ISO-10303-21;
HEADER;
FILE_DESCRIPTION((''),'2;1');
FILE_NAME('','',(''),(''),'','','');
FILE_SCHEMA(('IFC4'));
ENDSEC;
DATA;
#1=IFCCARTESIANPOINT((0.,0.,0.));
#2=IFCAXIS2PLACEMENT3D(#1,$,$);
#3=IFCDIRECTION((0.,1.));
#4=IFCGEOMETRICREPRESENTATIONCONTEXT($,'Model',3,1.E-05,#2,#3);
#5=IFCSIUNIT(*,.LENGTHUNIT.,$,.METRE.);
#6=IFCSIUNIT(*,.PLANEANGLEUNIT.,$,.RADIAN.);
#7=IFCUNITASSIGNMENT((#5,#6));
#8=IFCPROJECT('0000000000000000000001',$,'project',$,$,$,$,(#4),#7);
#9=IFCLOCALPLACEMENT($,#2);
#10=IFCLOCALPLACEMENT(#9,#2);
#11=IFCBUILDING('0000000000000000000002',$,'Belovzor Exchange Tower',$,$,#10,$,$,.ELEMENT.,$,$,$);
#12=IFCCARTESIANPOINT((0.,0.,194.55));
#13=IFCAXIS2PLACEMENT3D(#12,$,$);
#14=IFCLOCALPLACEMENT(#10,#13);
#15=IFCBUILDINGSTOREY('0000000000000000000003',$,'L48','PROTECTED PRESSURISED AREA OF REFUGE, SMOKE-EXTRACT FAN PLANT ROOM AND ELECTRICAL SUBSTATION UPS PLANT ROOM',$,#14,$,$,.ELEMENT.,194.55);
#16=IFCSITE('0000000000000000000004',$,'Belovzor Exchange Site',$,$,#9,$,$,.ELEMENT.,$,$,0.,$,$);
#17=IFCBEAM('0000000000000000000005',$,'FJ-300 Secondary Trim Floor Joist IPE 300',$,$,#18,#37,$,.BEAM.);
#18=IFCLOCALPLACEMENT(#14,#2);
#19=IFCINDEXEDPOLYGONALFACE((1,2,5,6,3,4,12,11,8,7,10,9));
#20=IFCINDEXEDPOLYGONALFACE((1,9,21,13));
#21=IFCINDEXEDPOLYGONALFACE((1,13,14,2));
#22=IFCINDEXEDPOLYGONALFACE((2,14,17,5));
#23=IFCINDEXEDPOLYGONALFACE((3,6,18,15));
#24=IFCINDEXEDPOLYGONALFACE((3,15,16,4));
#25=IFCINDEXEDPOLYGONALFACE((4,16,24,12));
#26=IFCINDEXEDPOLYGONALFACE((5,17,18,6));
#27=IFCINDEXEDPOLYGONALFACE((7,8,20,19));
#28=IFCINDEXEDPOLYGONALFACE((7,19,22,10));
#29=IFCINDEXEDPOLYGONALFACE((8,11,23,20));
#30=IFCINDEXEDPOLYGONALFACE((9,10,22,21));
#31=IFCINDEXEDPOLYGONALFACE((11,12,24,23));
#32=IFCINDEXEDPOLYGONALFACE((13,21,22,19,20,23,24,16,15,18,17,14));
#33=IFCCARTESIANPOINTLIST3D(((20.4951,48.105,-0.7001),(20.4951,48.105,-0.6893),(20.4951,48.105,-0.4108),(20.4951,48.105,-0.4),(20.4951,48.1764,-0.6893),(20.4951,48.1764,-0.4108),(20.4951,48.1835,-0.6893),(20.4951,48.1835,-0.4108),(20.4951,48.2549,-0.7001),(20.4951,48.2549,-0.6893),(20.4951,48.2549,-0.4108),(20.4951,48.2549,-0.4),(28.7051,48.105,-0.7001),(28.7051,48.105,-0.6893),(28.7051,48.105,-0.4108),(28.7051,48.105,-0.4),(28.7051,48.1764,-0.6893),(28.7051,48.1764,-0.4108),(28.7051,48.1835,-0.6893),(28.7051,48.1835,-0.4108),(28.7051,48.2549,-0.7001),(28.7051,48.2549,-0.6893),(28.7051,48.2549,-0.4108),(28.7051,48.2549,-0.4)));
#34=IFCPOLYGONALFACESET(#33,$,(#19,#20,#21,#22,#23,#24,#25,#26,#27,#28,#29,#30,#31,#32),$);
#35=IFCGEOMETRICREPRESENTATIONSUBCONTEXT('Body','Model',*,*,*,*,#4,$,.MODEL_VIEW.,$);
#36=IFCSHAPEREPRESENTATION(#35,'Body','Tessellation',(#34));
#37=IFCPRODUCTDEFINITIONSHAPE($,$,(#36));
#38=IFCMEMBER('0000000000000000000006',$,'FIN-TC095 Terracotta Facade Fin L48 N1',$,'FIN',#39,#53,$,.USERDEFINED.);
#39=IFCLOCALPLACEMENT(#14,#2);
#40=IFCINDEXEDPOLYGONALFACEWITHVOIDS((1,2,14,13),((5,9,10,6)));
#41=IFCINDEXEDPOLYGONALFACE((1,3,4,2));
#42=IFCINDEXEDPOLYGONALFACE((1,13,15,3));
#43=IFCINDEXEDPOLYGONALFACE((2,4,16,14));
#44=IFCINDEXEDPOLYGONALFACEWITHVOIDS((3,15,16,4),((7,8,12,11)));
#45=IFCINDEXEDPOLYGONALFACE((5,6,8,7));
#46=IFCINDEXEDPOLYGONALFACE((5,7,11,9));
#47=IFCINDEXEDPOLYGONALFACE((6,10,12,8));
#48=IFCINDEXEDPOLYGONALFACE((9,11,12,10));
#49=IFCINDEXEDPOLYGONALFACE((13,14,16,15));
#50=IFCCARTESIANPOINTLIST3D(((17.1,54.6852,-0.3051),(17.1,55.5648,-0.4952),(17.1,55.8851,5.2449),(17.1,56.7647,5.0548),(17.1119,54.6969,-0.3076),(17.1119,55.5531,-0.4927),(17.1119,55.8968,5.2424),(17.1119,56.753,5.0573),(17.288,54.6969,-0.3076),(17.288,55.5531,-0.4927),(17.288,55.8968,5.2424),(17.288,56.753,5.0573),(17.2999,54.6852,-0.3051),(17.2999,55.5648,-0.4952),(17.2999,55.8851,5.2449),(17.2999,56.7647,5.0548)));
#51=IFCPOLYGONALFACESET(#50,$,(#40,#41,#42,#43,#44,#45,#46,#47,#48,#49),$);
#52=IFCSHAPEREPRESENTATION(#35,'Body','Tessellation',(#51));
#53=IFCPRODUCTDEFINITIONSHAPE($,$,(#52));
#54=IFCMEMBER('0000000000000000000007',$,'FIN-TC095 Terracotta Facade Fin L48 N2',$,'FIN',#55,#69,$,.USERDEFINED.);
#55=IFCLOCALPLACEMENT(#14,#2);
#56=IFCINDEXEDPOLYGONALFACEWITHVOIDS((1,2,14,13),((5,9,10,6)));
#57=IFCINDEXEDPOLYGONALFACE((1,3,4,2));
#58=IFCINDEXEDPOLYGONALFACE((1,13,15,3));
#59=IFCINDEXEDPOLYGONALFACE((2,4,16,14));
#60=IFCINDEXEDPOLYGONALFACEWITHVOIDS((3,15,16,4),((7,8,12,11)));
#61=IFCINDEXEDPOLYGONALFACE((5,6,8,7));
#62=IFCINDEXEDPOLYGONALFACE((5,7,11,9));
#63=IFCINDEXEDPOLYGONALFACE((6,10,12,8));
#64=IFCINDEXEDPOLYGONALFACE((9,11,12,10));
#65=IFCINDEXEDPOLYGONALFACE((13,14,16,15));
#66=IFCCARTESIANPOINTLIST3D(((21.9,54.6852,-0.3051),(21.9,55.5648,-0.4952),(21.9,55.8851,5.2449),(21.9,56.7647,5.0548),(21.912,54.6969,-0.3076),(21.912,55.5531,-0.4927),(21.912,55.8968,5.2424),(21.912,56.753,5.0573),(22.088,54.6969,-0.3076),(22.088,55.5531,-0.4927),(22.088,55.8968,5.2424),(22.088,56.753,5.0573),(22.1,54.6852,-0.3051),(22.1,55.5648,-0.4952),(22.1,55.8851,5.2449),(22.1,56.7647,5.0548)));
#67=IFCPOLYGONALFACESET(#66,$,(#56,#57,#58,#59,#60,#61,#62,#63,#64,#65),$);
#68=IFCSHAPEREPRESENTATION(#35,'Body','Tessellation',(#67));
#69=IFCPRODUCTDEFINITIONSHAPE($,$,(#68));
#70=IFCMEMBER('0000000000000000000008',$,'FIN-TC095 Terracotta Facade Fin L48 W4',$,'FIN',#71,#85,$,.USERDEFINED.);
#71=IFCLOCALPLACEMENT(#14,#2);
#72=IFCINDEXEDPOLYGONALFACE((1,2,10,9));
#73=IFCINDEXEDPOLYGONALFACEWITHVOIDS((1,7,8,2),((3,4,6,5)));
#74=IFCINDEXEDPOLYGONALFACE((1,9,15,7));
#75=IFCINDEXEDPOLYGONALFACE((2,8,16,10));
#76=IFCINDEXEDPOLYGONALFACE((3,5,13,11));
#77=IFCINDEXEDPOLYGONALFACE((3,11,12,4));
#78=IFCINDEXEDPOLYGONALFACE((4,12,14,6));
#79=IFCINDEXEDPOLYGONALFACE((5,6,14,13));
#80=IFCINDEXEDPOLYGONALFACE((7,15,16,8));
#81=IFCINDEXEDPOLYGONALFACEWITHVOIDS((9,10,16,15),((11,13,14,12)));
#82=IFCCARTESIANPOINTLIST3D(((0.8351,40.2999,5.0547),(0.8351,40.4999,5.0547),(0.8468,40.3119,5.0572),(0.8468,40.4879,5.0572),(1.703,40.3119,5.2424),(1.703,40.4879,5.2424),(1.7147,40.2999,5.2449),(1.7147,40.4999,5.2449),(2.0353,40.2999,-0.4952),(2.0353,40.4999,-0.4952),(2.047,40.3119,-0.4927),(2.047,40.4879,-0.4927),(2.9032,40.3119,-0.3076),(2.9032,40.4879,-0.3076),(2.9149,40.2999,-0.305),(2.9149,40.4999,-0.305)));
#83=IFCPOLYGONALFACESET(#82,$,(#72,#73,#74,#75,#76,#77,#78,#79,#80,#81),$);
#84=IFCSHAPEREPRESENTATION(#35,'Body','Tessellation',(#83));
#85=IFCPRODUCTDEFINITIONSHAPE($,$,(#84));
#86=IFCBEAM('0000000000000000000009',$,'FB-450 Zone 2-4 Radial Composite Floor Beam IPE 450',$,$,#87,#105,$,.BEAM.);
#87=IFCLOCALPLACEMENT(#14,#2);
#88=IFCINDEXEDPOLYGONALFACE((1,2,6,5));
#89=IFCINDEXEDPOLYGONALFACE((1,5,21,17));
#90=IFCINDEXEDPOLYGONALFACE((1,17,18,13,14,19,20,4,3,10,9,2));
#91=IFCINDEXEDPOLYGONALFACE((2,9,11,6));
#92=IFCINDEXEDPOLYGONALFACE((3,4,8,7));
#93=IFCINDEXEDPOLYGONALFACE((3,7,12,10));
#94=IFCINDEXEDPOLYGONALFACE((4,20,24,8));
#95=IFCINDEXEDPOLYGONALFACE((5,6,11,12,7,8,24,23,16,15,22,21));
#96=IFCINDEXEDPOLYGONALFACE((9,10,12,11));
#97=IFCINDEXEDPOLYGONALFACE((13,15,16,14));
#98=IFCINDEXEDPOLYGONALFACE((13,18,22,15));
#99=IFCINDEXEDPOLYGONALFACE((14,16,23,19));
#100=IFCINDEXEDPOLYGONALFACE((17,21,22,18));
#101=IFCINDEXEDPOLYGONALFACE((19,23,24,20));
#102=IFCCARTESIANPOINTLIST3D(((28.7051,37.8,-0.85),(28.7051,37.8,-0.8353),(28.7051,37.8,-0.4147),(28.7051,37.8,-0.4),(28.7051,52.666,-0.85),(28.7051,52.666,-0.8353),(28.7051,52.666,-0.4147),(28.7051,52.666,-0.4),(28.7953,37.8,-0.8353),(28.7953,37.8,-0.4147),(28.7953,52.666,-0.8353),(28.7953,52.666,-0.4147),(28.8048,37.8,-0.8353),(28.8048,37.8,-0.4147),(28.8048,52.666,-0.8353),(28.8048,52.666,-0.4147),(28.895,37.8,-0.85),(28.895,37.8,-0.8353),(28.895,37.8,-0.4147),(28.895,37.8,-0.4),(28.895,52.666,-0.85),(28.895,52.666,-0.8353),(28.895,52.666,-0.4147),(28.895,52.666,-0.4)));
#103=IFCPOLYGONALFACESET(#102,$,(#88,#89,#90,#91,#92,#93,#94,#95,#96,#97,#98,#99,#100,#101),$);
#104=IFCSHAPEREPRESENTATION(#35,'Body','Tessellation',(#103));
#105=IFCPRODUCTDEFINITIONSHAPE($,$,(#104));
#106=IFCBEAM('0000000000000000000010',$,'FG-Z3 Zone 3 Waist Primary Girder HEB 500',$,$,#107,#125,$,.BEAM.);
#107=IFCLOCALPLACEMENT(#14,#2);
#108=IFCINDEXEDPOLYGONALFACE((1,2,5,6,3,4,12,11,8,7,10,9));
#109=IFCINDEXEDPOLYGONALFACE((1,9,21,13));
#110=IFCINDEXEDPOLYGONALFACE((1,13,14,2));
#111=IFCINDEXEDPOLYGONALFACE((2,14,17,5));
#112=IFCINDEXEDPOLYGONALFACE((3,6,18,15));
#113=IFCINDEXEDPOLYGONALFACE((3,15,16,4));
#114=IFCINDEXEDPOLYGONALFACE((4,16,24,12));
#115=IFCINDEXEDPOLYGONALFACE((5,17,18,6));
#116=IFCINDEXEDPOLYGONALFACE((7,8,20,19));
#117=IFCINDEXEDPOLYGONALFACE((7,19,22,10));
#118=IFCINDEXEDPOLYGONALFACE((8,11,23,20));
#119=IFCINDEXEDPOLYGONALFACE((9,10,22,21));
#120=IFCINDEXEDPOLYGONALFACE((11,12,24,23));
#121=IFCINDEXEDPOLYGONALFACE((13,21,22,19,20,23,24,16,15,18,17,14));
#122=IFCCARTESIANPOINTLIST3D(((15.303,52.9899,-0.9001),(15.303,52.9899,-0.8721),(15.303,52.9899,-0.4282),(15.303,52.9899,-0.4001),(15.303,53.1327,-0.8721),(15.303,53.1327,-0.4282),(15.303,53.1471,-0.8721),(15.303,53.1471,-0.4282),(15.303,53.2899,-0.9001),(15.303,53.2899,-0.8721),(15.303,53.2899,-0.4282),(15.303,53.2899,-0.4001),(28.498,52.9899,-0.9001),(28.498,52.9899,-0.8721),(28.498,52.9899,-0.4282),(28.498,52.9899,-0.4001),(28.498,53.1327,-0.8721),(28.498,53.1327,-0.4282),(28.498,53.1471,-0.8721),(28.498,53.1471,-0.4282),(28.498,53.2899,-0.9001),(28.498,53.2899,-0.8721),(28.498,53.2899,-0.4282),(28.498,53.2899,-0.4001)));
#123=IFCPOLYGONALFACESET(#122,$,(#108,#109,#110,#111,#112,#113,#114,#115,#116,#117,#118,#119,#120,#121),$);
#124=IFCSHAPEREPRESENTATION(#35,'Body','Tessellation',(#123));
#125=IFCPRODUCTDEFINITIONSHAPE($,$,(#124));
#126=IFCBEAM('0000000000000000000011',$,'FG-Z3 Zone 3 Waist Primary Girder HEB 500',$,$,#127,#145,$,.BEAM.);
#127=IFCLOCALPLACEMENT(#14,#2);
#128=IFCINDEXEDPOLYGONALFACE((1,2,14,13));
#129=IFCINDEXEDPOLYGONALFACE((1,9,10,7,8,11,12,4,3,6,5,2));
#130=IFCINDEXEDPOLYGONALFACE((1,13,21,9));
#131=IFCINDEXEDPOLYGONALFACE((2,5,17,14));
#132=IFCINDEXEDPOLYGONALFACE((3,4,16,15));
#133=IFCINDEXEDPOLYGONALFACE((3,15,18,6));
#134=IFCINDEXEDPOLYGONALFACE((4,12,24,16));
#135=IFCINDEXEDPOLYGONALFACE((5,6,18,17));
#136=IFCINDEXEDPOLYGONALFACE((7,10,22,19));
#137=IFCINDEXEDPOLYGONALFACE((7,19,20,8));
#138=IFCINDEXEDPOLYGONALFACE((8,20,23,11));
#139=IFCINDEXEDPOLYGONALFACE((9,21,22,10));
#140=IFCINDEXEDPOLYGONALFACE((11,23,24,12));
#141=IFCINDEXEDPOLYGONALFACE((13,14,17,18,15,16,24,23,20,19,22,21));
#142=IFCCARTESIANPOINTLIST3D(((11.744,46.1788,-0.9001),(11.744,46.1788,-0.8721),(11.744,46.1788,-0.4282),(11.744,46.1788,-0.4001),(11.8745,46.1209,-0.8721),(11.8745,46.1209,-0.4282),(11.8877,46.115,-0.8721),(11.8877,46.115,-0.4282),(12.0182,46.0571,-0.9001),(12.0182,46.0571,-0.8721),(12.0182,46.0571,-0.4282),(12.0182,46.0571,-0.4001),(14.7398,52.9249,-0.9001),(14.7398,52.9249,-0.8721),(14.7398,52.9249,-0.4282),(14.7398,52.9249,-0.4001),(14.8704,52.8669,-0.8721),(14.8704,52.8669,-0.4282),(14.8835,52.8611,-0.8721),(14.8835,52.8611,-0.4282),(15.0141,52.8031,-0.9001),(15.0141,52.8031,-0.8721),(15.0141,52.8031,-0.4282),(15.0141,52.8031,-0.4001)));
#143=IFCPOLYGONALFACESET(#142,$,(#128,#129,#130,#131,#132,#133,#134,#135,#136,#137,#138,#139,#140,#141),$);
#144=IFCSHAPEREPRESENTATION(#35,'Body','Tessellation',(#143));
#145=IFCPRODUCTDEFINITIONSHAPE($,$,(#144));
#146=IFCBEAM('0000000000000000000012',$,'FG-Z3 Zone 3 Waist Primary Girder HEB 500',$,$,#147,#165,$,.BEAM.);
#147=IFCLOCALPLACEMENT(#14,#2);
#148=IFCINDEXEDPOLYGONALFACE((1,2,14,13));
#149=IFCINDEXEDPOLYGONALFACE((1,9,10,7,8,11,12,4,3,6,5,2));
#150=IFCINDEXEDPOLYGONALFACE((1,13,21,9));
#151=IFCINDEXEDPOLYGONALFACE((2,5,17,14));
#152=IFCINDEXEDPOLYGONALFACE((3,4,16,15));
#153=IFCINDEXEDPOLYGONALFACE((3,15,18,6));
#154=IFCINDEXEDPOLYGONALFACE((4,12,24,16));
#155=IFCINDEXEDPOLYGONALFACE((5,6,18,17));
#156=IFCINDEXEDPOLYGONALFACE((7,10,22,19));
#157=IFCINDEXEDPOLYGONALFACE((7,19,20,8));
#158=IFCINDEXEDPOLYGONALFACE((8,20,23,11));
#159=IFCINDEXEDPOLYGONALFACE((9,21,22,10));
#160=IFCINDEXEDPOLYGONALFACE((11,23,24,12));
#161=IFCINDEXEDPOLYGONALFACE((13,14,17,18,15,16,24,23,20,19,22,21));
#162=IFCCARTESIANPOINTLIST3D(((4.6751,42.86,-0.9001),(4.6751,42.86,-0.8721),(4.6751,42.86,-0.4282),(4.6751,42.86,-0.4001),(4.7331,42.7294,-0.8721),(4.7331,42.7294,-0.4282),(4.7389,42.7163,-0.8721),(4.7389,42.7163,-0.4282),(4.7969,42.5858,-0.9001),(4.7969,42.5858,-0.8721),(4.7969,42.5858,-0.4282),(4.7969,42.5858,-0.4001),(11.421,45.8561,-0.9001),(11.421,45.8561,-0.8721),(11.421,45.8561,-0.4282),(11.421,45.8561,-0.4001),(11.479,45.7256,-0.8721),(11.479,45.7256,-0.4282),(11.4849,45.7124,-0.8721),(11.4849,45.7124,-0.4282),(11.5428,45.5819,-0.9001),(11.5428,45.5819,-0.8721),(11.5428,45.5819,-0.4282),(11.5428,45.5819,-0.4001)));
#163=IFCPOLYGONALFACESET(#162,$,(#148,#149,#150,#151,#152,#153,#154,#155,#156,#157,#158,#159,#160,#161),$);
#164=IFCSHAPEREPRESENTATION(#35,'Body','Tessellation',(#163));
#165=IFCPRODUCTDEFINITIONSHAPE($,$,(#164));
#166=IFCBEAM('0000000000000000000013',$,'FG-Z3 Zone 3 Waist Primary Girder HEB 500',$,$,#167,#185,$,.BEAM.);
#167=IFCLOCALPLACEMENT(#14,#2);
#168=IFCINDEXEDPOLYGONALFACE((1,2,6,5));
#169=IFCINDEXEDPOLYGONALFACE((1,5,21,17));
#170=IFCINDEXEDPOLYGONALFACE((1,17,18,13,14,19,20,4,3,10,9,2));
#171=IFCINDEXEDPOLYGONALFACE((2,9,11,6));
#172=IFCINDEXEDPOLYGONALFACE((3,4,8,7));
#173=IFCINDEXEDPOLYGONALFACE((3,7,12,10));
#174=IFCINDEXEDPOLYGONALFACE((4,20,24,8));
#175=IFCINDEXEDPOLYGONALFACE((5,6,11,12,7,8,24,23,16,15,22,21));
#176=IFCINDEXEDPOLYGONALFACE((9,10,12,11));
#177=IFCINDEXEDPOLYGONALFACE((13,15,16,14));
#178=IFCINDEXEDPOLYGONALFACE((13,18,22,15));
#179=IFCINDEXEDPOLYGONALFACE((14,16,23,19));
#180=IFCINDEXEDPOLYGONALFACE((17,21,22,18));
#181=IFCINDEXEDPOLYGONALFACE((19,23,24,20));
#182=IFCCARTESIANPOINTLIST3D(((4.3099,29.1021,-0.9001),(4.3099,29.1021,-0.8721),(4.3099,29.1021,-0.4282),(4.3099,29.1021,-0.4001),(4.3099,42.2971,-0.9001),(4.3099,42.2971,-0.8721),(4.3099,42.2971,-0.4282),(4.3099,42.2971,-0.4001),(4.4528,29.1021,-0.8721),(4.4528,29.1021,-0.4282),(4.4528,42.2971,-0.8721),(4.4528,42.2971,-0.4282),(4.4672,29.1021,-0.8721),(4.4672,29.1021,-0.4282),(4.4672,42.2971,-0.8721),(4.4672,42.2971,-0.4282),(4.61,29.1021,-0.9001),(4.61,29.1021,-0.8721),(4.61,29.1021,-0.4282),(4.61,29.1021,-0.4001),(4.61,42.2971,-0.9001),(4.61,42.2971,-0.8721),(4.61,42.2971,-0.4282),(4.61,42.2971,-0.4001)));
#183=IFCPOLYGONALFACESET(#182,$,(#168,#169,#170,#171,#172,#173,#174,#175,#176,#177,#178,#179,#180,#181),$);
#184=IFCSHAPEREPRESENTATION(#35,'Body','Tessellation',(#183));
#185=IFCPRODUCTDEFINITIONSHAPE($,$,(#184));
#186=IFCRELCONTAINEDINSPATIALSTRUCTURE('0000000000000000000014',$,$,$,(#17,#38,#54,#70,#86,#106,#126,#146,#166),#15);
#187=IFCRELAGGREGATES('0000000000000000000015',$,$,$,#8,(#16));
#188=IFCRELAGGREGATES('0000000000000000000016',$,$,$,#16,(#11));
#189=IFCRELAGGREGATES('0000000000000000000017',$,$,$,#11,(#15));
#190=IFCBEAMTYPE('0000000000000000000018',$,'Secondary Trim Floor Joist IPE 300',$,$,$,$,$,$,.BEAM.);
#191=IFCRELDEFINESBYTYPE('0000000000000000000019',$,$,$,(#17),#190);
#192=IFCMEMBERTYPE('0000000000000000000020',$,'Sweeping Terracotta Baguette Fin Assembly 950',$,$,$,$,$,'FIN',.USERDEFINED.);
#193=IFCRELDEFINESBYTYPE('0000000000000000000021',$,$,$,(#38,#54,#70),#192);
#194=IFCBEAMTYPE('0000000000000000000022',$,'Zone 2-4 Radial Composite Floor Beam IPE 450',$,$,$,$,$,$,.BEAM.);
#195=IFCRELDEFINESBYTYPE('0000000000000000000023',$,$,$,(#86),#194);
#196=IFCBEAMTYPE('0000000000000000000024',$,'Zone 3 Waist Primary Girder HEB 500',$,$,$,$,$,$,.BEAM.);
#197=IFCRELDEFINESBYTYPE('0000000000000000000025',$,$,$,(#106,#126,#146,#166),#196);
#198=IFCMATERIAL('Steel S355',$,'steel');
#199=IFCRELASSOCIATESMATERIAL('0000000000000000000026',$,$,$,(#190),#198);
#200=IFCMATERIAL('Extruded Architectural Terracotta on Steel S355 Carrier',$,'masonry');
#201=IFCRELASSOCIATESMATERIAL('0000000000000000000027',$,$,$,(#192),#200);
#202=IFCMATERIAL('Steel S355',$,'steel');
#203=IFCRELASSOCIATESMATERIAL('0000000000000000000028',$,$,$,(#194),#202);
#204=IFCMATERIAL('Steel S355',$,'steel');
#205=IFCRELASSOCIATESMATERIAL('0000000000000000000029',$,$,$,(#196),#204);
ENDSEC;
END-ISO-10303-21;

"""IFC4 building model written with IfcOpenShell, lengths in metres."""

from ifc_helpers import new_model, si_unit, direction, frame, origin, origin_2d, place, context, subcontext, project, spatial, hollow_rectangle, i_section, extrude, material, material_profile, profile_set, type_object, element, save


model = new_model("IFC4")

# Units and contexts
model_context = context("Model", 3, precision=1e-05, world=origin(), true_north=direction((0.0, 1.0)))
body_context = subcontext(model_context, "Body", "Model", "MODEL_VIEW")
ifc_project = project(units=[si_unit("LENGTHUNIT", "METRE"), si_unit("PLANEANGLEUNIT", "RADIAN")], contexts=[model_context])

# Site, building, storey
site_placement = place(None, origin())
site = spatial("IfcSite", under=ifc_project, at=site_placement, Name="Belovzor Exchange Site", CompositionType="ELEMENT", RefElevation=0.0)
building_placement = place(site_placement, origin())
building = spatial("IfcBuilding", under=site, at=building_placement, Name="Belovzor Exchange Tower", CompositionType="ELEMENT")
storey_placement = place(building_placement, frame((0.0, 0.0, 194.55)))
storey = spatial("IfcBuildingStorey", under=building, at=storey_placement, Name="L48", Description="PROTECTED PRESSURISED AREA OF REFUGE, SMOKE-EXTRACT FAN PLANT ROOM AND ELECTRICAL SUBSTATION UPS PLANT ROOM", CompositionType="ELEMENT", Elevation=194.55)

# Beam
ifc_material_1 = material(Name="Steel S355", Category="steel")
ifc_material_profile_1 = material_profile(ifc_material_1, i_section(OverallWidth=0.1499, OverallDepth=0.3, WebThickness=0.0071, FlangeThickness=0.0107, at=origin_2d()))
ifc_profile_set_1 = profile_set([ifc_material_profile_1], Name="Steel S355")
beam_type_1 = type_object("IfcBeamType", Name="Secondary Trim Floor Joist IPE 300", PredefinedType="BEAM", material=ifc_profile_set_1)
beam_1_placement = place(storey_placement, frame((20.4951, 48.1799, -0.55), z_axis=(1.0, 0.0, 0.0), x_axis=(0.0, 1.0, 0.0)))
element("IfcBeam", 1, at=beam_1_placement, inside=storey, type_object=beam_type_1, Name="FJ-300 Secondary Trim Floor Joist IPE 300", PredefinedType="BEAM", context=body_context, shape_type="SweptSolid", body=[
    extrude(i_section(OverallWidth=0.1499, OverallDepth=0.3, WebThickness=0.0071, FlangeThickness=0.0107, at=origin_2d()), origin(), (0.0, 0.0, 1.0), 8.21),
])

# Members
ifc_material_2 = material(Name="Extruded Architectural Terracotta on Steel S355 Carrier", Category="masonry")
ifc_material_profile_2 = material_profile(ifc_material_2, hollow_rectangle(XDim=0.2, YDim=0.8999, WallThickness=0.012, at=origin_2d()))
ifc_profile_set_2 = profile_set([ifc_material_profile_2], Name="Extruded Architectural Terracotta on Steel S355 Carrier")
member_type_1 = type_object("IfcMemberType", Name="Sweeping Terracotta Baguette Fin Assembly 950", ElementType="FIN", PredefinedType="USERDEFINED", material=ifc_profile_set_2)
for number, where, z_axis, x_axis, name in (
    (2, (17.2, 55.125, -0.4001), (0.0, 0.211323, 0.977416), (-1.0, 0.0, 0.0), "FIN-TC095 Terracotta Facade Fin L48 N1"),
    (3, (22.0, 55.125, -0.4001), (0.0, 0.211323, 0.977416), (-1.0, 0.0, 0.0), "FIN-TC095 Terracotta Facade Fin L48 N2"),
    (4, (2.4751, 40.3999, -0.4001), (-0.211364, 0.0, 0.977407), (0.0, -1.0, 0.0), "FIN-TC095 Terracotta Facade Fin L48 W4"),
):
    element("IfcMember", number, at=place(storey_placement, frame(where, z_axis=z_axis, x_axis=x_axis)), inside=storey, type_object=member_type_1, Name=name, ObjectType="FIN", PredefinedType="USERDEFINED", context=body_context, shape_type="SweptSolid", body=[
        extrude(hollow_rectangle(XDim=0.2, YDim=0.8999, WallThickness=0.012, at=origin_2d()), origin(), (0.0, 0.0, 1.0), 5.6782),
    ])

# Beams
ifc_material_3 = material(Name="Steel S355", Category="steel")
ifc_material_profile_3 = material_profile(ifc_material_3, i_section(OverallWidth=0.1899, OverallDepth=0.45, WebThickness=0.0095, FlangeThickness=0.0146, at=origin_2d()))
ifc_profile_set_3 = profile_set([ifc_material_profile_3], Name="Steel S355")
beam_type_2 = type_object("IfcBeamType", Name="Zone 2-4 Radial Composite Floor Beam IPE 450", PredefinedType="BEAM", material=ifc_profile_set_3)
beam_2_placement = place(storey_placement, frame((28.8, 37.8, -0.625), z_axis=(0.0, 1.0, 0.0), x_axis=(-1.0, 0.0, 0.0)))
element("IfcBeam", 5, at=beam_2_placement, inside=storey, type_object=beam_type_2, Name="FB-450 Zone 2-4 Radial Composite Floor Beam IPE 450", PredefinedType="BEAM", context=body_context, shape_type="SweptSolid", body=[
    extrude(i_section(OverallWidth=0.1899, OverallDepth=0.45, WebThickness=0.0095, FlangeThickness=0.0146, at=origin_2d()), origin(), (0.0, 0.0, 1.0), 14.866),
])
ifc_material_4 = material(Name="Steel S355", Category="steel")
ifc_material_profile_4 = material_profile(ifc_material_4, i_section(OverallWidth=0.3, OverallDepth=0.5, WebThickness=0.0144, FlangeThickness=0.0281, at=origin_2d()))
ifc_profile_set_4 = profile_set([ifc_material_profile_4], Name="Steel S355")
beam_type_3 = type_object("IfcBeamType", Name="Zone 3 Waist Primary Girder HEB 500", PredefinedType="BEAM", material=ifc_profile_set_4)
beam_3_placement = place(storey_placement, frame((28.498, 53.1399, -0.6501), z_axis=(-1.0, 0.0, 0.0), x_axis=(0.0, -1.0, 0.0)))
element("IfcBeam", 6, at=beam_3_placement, inside=storey, type_object=beam_type_3, Name="FG-Z3 Zone 3 Waist Primary Girder HEB 500", PredefinedType="BEAM", context=body_context, shape_type="SweptSolid", body=[
    extrude(i_section(OverallWidth=0.3, OverallDepth=0.5, WebThickness=0.0144, FlangeThickness=0.0281, at=origin_2d()), origin(), (0.0, 0.0, 1.0), 13.1951),
])
for number, where, z_axis, x_axis, name in (
    (7, (14.877, 52.864, -0.6501), (-0.405865, -0.913933, 0.0), (0.913933, -0.405865, 0.0), "FG-Z3 Zone 3 Waist Primary Girder HEB 500"),
    (8, (11.4819, 45.719, -0.6501), (-0.913915, -0.405905, 0.0), (0.405905, -0.913915, 0.0), "FG-Z3 Zone 3 Waist Primary Girder HEB 500"),
):
    element("IfcBeam", number, at=place(storey_placement, frame(where, z_axis=z_axis, x_axis=x_axis)), inside=storey, type_object=beam_type_3, Name=name, PredefinedType="BEAM", context=body_context, shape_type="SweptSolid", body=[
        extrude(i_section(OverallWidth=0.3, OverallDepth=0.5, WebThickness=0.0144, FlangeThickness=0.0281, at=origin_2d()), origin(), (0.0, 0.0, 1.0), 7.3813),
    ])
beam_4_placement = place(storey_placement, frame((4.46, 42.2971, -0.6501), z_axis=(0.0, -1.0, 0.0), x_axis=(1.0, 0.0, 0.0)))
element("IfcBeam", 9, at=beam_4_placement, inside=storey, type_object=beam_type_3, Name="FG-Z3 Zone 3 Waist Primary Girder HEB 500", PredefinedType="BEAM", context=body_context, shape_type="SweptSolid", body=[
    extrude(i_section(OverallWidth=0.3, OverallDepth=0.5, WebThickness=0.0144, FlangeThickness=0.0281, at=origin_2d()), origin(), (0.0, 0.0, 1.0), 13.1951),
])

save(model, "model.ifc")
